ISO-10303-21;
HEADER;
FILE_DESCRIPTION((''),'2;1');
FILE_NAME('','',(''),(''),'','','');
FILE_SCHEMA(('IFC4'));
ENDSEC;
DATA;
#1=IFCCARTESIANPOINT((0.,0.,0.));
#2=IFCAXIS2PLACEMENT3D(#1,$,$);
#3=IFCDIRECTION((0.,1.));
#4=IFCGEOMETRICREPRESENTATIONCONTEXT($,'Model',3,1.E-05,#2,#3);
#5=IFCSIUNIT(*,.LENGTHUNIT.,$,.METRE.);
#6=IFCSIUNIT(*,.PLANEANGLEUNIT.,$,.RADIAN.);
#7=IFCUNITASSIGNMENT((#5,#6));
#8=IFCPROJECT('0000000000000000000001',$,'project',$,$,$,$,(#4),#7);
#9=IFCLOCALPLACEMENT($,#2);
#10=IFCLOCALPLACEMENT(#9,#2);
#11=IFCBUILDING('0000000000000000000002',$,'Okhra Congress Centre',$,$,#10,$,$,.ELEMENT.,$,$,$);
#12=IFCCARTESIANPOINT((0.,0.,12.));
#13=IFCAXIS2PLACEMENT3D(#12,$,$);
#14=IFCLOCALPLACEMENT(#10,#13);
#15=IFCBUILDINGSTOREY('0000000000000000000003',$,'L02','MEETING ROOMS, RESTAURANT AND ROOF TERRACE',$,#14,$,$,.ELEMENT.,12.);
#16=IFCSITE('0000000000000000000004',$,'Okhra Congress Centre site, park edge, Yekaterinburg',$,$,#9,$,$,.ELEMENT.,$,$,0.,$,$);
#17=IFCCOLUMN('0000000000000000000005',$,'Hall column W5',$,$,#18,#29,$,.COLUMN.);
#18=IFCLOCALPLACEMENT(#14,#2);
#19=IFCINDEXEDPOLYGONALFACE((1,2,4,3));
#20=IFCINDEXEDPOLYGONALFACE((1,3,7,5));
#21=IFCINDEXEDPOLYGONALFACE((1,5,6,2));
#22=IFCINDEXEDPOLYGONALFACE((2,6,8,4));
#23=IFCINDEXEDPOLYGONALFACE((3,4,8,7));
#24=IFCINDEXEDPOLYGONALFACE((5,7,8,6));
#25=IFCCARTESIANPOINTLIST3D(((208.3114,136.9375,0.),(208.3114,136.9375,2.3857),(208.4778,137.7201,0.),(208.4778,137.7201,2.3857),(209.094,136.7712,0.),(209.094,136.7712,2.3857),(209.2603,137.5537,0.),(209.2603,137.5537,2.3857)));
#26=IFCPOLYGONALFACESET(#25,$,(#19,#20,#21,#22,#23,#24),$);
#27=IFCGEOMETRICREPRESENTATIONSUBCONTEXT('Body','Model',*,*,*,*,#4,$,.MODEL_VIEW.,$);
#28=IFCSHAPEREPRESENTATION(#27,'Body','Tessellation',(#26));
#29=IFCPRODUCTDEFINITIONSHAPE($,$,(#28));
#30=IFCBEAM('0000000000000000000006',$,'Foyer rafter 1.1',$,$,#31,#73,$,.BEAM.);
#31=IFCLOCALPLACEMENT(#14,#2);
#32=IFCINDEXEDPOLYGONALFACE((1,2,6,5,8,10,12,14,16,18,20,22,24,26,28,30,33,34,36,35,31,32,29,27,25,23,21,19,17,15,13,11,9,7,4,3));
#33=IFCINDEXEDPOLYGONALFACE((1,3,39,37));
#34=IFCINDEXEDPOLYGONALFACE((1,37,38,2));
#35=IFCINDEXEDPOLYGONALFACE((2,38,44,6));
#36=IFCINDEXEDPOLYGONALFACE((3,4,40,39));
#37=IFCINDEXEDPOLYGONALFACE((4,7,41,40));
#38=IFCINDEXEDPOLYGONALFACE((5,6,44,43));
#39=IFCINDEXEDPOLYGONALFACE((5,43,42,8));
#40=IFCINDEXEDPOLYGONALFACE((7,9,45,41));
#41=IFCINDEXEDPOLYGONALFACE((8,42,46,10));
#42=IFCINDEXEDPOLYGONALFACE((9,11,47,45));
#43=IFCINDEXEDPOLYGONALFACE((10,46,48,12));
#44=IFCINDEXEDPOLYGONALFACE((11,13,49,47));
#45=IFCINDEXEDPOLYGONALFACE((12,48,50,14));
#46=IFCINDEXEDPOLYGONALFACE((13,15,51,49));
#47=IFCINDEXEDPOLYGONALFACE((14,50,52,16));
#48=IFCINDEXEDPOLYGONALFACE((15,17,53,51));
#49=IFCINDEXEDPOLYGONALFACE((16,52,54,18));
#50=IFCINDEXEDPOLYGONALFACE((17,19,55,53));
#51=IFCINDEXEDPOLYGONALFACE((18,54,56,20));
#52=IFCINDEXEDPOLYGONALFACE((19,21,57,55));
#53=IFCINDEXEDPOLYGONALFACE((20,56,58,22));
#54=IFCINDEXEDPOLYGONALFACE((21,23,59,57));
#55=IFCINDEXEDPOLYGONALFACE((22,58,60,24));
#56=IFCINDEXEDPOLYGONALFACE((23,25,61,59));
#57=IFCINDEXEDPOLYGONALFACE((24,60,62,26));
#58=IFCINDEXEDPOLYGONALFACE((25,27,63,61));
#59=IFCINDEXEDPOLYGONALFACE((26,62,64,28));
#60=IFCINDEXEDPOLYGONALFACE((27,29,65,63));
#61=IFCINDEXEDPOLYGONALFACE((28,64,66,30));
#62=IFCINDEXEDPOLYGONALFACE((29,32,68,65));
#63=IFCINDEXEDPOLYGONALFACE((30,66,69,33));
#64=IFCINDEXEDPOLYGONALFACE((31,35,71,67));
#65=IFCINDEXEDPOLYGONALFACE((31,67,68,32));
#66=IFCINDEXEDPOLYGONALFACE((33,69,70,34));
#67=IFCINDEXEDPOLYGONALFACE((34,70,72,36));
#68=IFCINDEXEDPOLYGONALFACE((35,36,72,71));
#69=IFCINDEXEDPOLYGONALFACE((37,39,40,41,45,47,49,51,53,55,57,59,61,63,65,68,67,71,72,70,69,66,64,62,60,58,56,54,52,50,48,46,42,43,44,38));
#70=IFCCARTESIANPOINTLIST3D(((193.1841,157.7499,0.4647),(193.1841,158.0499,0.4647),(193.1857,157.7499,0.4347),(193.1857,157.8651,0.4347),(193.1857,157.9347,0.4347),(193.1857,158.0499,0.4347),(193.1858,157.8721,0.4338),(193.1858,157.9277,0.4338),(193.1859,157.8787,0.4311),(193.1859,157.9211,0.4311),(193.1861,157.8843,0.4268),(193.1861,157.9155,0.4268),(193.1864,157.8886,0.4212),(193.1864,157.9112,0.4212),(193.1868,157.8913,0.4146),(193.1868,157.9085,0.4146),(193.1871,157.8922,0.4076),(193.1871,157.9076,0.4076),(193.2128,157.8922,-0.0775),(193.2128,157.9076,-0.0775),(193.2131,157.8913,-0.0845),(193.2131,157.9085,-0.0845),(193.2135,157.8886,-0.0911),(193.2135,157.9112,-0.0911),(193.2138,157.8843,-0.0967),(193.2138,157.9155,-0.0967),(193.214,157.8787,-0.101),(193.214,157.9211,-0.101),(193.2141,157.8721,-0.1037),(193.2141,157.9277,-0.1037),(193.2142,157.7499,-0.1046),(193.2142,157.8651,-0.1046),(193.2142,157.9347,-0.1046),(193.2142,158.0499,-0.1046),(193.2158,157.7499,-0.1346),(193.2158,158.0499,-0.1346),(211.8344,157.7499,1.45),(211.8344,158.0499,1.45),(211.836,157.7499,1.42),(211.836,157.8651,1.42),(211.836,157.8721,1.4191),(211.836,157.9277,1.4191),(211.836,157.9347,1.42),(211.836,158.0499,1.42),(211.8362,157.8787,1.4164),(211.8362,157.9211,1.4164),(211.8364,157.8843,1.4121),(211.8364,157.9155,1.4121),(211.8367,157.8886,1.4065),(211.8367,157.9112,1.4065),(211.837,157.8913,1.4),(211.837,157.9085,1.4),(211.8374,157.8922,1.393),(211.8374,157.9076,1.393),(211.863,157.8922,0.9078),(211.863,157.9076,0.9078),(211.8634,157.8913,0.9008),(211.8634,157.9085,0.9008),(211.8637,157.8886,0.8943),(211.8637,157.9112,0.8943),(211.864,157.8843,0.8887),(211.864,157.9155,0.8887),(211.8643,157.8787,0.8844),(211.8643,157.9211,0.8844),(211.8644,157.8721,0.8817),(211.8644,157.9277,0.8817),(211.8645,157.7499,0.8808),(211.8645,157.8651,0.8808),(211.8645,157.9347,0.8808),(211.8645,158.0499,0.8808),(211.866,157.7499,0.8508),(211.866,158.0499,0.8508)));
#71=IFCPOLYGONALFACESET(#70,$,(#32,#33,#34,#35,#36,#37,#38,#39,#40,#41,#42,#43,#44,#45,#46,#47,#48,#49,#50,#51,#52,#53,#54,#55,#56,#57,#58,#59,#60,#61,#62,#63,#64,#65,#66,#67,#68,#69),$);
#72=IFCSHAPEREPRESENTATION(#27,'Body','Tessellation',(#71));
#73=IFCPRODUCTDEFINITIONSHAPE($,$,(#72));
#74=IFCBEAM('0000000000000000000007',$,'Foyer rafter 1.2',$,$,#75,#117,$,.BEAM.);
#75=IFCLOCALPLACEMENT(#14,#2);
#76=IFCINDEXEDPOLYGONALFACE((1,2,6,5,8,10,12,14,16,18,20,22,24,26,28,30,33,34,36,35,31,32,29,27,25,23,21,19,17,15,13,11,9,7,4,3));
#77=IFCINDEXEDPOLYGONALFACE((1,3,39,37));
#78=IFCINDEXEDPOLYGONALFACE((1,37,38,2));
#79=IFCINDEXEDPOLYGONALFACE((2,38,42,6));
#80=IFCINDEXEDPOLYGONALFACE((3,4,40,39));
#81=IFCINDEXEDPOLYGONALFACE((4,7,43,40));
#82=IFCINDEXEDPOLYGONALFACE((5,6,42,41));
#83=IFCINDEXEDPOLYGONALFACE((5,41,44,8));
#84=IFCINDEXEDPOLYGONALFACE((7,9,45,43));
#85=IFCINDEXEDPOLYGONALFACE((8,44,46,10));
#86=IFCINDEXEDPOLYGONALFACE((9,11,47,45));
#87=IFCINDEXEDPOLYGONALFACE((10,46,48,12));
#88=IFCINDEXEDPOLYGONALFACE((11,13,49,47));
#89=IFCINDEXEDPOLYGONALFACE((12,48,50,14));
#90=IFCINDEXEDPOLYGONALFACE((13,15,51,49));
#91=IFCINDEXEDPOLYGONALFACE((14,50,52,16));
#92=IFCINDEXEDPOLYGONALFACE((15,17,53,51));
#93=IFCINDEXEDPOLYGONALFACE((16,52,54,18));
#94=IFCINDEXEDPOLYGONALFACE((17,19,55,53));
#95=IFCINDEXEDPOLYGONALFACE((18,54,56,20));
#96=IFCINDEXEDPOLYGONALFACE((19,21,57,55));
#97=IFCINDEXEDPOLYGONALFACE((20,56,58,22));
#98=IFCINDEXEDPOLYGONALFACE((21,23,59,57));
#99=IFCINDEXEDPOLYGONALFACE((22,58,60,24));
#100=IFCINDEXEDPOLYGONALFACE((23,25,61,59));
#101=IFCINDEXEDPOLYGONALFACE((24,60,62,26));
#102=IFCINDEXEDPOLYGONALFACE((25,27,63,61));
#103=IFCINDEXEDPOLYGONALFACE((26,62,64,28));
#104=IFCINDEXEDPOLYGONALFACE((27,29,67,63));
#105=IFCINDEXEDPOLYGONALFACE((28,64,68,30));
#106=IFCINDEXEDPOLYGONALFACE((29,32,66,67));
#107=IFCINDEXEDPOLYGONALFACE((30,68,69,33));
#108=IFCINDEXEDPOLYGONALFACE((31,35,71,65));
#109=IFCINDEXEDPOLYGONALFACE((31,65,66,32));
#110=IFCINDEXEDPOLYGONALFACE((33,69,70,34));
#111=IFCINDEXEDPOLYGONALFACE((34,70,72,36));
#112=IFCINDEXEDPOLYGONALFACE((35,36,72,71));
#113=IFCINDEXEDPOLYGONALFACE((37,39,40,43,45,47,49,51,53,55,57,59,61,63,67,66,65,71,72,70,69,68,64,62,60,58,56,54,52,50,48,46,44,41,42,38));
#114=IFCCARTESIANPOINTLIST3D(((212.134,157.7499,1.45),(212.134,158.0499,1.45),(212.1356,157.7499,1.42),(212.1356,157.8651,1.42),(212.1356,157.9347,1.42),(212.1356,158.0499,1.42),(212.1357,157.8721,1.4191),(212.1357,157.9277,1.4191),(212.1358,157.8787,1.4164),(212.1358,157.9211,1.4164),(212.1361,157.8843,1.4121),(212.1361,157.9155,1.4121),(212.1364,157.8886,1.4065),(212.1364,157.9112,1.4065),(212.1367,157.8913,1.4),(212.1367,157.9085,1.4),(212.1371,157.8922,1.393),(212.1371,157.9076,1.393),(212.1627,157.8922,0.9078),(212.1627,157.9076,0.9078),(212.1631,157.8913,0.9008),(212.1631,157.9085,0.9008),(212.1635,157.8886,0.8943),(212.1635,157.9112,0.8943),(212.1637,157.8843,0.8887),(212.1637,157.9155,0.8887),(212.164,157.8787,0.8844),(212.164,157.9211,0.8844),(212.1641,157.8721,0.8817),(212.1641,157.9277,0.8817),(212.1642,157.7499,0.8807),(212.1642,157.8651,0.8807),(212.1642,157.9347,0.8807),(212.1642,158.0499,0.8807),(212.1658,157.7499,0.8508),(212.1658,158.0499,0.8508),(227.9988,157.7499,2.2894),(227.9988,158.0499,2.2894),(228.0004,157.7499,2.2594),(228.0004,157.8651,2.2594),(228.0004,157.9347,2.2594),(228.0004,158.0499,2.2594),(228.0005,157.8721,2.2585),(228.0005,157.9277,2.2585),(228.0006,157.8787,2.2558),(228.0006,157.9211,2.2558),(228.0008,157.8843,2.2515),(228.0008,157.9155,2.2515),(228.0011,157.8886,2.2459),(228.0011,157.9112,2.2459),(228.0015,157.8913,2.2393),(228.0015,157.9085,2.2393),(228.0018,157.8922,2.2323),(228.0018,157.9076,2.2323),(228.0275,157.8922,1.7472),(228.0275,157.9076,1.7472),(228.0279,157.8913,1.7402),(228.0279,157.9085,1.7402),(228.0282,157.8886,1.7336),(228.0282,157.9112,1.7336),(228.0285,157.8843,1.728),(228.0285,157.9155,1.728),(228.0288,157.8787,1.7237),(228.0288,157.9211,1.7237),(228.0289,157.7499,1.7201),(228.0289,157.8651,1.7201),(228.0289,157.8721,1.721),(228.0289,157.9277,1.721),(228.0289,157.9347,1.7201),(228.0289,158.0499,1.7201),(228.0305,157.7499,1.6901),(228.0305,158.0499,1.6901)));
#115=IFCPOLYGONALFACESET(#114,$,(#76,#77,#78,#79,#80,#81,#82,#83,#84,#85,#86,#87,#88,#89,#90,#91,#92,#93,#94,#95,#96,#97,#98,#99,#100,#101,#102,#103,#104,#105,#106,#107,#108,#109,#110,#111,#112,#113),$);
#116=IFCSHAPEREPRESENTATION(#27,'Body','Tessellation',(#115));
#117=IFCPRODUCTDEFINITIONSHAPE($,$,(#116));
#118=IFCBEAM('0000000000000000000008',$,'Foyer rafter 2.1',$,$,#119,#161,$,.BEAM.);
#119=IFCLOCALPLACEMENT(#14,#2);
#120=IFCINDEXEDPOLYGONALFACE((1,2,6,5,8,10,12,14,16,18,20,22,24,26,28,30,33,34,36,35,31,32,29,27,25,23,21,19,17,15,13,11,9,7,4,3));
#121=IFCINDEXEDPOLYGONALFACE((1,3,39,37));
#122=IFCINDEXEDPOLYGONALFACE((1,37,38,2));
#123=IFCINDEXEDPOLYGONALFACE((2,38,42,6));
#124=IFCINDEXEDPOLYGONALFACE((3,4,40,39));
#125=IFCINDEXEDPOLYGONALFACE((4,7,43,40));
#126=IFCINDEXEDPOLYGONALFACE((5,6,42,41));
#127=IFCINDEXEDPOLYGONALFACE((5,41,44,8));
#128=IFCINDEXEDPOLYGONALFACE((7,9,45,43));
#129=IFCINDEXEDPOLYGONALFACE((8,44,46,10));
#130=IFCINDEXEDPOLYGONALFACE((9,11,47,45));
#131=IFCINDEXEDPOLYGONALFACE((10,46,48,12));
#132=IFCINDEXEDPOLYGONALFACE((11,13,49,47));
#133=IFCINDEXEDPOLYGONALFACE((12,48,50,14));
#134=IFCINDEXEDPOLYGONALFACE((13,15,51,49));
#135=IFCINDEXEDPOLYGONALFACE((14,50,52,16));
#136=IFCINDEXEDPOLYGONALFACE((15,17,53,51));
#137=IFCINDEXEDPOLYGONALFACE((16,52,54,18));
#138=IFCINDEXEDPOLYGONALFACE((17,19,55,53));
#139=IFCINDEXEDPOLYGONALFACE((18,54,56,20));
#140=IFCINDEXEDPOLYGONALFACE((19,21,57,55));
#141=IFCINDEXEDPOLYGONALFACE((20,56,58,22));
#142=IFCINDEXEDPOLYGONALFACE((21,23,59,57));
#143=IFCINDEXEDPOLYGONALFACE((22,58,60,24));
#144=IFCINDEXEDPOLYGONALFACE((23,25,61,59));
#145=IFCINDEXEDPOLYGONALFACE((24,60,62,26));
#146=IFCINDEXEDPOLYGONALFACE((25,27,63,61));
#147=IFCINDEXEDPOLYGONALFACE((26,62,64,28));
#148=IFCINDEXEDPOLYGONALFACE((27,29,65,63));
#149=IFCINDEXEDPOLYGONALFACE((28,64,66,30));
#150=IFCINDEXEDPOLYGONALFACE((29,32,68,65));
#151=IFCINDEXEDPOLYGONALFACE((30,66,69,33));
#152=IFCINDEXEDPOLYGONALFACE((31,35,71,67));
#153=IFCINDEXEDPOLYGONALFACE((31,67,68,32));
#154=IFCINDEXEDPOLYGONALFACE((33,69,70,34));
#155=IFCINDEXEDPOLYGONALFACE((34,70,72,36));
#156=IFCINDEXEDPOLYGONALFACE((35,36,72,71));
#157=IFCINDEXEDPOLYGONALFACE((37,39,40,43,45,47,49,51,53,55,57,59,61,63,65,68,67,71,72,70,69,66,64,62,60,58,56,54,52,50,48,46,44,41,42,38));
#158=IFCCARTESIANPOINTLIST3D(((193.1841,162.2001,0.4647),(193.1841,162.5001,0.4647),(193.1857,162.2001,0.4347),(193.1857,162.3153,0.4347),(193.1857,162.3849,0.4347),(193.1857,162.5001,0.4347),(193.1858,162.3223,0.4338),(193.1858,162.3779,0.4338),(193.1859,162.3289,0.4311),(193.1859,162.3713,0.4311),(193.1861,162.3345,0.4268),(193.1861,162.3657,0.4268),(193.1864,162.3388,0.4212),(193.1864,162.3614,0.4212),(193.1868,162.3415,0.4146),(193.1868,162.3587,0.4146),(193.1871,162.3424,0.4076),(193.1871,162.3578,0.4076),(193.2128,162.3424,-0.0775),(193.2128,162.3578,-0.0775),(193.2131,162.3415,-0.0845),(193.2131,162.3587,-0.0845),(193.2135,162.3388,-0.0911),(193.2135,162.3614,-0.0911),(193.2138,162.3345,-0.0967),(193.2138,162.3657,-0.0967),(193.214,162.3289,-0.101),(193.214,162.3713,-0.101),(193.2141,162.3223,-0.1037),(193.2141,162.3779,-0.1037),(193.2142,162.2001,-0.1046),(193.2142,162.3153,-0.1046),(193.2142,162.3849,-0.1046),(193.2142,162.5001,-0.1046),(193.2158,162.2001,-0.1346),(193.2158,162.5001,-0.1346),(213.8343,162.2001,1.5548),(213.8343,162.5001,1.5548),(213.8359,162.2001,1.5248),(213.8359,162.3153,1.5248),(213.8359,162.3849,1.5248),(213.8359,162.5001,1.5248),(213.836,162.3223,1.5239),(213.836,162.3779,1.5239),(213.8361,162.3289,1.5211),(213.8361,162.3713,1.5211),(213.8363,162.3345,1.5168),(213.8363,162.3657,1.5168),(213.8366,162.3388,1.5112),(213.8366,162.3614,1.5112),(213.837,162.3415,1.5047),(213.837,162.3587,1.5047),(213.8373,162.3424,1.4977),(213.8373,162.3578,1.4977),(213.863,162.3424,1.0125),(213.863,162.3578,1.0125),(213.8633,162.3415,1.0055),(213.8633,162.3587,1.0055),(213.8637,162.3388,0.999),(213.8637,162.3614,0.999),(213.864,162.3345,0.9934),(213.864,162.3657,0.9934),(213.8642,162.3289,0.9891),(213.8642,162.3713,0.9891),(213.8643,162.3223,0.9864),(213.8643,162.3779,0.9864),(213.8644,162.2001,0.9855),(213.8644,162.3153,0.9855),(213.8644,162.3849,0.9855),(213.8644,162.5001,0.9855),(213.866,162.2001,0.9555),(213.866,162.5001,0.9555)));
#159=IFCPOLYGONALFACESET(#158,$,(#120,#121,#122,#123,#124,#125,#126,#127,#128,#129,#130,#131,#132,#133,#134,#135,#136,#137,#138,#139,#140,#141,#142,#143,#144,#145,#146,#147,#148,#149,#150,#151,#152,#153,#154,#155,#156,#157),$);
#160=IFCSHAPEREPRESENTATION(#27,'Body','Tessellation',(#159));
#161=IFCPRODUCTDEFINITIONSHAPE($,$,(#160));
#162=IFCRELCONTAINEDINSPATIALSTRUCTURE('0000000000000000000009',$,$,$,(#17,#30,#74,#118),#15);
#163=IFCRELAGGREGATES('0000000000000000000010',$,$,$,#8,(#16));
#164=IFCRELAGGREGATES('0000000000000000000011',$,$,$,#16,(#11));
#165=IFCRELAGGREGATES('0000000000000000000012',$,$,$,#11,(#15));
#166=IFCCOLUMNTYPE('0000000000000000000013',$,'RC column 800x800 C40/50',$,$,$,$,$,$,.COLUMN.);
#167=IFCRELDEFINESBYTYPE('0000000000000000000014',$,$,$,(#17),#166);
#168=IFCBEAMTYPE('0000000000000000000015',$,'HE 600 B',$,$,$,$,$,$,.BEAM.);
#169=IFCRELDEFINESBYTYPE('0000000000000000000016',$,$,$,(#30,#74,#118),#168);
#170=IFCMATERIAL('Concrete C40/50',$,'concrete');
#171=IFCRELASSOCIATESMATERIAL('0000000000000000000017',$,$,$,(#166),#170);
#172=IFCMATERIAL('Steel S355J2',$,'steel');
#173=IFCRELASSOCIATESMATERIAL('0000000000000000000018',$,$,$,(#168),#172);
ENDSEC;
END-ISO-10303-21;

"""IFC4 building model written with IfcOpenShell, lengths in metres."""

from ifc_helpers import new_model, si_unit, direction, frame, origin, origin_2d, place, context, subcontext, project, spatial, rectangle, i_section, extrude, material, material_profile, profile_set, type_object, element, save


model = new_model("IFC4")

# Units and contexts
model_context = context("Model", 3, precision=1e-05, world=origin(), true_north=direction((0.0, 1.0)))
body_context = subcontext(model_context, "Body", "Model", "MODEL_VIEW")
ifc_project = project(units=[si_unit("LENGTHUNIT", "METRE"), si_unit("PLANEANGLEUNIT", "RADIAN")], contexts=[model_context])

# Site, building, storey
site_placement = place(None, origin())
site = spatial("IfcSite", under=ifc_project, at=site_placement, Name="Okhra Congress Centre site, park edge, Yekaterinburg", CompositionType="ELEMENT", RefElevation=0.0)
building_placement = place(site_placement, origin())
building = spatial("IfcBuilding", under=site, at=building_placement, Name="Okhra Congress Centre", CompositionType="ELEMENT")
storey_placement = place(building_placement, frame((0.0, 0.0, 12.0)))
storey = spatial("IfcBuildingStorey", under=building, at=storey_placement, Name="L02", Description="MEETING ROOMS, RESTAURANT AND ROOF TERRACE", CompositionType="ELEMENT", Elevation=12.0)

# Column
ifc_material_1 = material(Name="Concrete C40/50", Category="concrete")
ifc_material_profile_1 = material_profile(ifc_material_1, rectangle(XDim=0.8, YDim=0.8, at=origin_2d()), Name="RC 800x800")
ifc_profile_set_1 = profile_set([ifc_material_profile_1], Name="Concrete C40/50")
column_type = type_object("IfcColumnType", Name="RC column 800x800 C40/50", PredefinedType="COLUMN", material=ifc_profile_set_1)
column_placement = place(storey_placement, frame((208.7859, 137.2456, 0.0), z_axis=(0.0, 0.0, 1.0), x_axis=(0.978148, -0.207912, 0.0)))
element("IfcColumn", 1, at=column_placement, inside=storey, type_object=column_type, Name="Hall column W5", PredefinedType="COLUMN", context=body_context, shape_type="SweptSolid", body=[
    extrude(rectangle(XDim=0.8, YDim=0.8, at=origin_2d()), origin(), (0.0, 0.0, 1.0), 2.3857),
])

# Beams
ifc_material_2 = material(Name="Steel S355J2", Category="steel")
ifc_material_profile_2 = material_profile(ifc_material_2, i_section(OverallWidth=0.3, OverallDepth=0.6001, WebThickness=0.0154, FlangeThickness=0.03, FilletRadius=0.0271, at=origin_2d()), Name="HE 600 B")
ifc_profile_set_2 = profile_set([ifc_material_profile_2], Name="Steel S355J2")
beam_type = type_object("IfcBeamType", Name="HE 600 B", PredefinedType="BEAM", material=ifc_profile_set_2)
beam_1_placement = place(storey_placement, frame((193.2, 157.8999, 0.165), z_axis=(0.998607, 0.0, 0.05276), x_axis=(0.0, 1.0, 0.0)))
element("IfcBeam", 2, at=beam_1_placement, inside=storey, type_object=beam_type, Name="Foyer rafter 1.1", PredefinedType="BEAM", context=body_context, shape_type="SweptSolid", body=[
    extrude(i_section(OverallWidth=0.3, OverallDepth=0.6001, WebThickness=0.0154, FlangeThickness=0.03, FilletRadius=0.0271, at=origin_2d()), origin(), (0.0, 0.0, 1.0), 18.6763),
])
beam_2_placement = place(storey_placement, frame((212.1499, 157.8999, 1.1504), z_axis=(0.998603, 0.0, 0.052833), x_axis=(0.0, 1.0, 0.0)))
element("IfcBeam", 3, at=beam_2_placement, inside=storey, type_object=beam_type, Name="Foyer rafter 1.2", PredefinedType="BEAM", context=body_context, shape_type="SweptSolid", body=[
    extrude(i_section(OverallWidth=0.3, OverallDepth=0.6001, WebThickness=0.0154, FlangeThickness=0.03, FilletRadius=0.0271, at=origin_2d()), origin(), (0.0, 0.0, 1.0), 15.887),
])
beam_3_placement = place(storey_placement, frame((193.2, 162.3501, 0.165), z_axis=(0.99861, 0.0, 0.052715), x_axis=(0.0, 1.0, 0.0)))
element("IfcBeam", 4, at=beam_3_placement, inside=storey, type_object=beam_type, Name="Foyer rafter 2.1", PredefinedType="BEAM", context=body_context, shape_type="SweptSolid", body=[
    extrude(i_section(OverallWidth=0.3, OverallDepth=0.6001, WebThickness=0.0154, FlangeThickness=0.03, FilletRadius=0.0271, at=origin_2d()), origin(), (0.0, 0.0, 1.0), 20.679),
])

save(model, "model.ifc")
